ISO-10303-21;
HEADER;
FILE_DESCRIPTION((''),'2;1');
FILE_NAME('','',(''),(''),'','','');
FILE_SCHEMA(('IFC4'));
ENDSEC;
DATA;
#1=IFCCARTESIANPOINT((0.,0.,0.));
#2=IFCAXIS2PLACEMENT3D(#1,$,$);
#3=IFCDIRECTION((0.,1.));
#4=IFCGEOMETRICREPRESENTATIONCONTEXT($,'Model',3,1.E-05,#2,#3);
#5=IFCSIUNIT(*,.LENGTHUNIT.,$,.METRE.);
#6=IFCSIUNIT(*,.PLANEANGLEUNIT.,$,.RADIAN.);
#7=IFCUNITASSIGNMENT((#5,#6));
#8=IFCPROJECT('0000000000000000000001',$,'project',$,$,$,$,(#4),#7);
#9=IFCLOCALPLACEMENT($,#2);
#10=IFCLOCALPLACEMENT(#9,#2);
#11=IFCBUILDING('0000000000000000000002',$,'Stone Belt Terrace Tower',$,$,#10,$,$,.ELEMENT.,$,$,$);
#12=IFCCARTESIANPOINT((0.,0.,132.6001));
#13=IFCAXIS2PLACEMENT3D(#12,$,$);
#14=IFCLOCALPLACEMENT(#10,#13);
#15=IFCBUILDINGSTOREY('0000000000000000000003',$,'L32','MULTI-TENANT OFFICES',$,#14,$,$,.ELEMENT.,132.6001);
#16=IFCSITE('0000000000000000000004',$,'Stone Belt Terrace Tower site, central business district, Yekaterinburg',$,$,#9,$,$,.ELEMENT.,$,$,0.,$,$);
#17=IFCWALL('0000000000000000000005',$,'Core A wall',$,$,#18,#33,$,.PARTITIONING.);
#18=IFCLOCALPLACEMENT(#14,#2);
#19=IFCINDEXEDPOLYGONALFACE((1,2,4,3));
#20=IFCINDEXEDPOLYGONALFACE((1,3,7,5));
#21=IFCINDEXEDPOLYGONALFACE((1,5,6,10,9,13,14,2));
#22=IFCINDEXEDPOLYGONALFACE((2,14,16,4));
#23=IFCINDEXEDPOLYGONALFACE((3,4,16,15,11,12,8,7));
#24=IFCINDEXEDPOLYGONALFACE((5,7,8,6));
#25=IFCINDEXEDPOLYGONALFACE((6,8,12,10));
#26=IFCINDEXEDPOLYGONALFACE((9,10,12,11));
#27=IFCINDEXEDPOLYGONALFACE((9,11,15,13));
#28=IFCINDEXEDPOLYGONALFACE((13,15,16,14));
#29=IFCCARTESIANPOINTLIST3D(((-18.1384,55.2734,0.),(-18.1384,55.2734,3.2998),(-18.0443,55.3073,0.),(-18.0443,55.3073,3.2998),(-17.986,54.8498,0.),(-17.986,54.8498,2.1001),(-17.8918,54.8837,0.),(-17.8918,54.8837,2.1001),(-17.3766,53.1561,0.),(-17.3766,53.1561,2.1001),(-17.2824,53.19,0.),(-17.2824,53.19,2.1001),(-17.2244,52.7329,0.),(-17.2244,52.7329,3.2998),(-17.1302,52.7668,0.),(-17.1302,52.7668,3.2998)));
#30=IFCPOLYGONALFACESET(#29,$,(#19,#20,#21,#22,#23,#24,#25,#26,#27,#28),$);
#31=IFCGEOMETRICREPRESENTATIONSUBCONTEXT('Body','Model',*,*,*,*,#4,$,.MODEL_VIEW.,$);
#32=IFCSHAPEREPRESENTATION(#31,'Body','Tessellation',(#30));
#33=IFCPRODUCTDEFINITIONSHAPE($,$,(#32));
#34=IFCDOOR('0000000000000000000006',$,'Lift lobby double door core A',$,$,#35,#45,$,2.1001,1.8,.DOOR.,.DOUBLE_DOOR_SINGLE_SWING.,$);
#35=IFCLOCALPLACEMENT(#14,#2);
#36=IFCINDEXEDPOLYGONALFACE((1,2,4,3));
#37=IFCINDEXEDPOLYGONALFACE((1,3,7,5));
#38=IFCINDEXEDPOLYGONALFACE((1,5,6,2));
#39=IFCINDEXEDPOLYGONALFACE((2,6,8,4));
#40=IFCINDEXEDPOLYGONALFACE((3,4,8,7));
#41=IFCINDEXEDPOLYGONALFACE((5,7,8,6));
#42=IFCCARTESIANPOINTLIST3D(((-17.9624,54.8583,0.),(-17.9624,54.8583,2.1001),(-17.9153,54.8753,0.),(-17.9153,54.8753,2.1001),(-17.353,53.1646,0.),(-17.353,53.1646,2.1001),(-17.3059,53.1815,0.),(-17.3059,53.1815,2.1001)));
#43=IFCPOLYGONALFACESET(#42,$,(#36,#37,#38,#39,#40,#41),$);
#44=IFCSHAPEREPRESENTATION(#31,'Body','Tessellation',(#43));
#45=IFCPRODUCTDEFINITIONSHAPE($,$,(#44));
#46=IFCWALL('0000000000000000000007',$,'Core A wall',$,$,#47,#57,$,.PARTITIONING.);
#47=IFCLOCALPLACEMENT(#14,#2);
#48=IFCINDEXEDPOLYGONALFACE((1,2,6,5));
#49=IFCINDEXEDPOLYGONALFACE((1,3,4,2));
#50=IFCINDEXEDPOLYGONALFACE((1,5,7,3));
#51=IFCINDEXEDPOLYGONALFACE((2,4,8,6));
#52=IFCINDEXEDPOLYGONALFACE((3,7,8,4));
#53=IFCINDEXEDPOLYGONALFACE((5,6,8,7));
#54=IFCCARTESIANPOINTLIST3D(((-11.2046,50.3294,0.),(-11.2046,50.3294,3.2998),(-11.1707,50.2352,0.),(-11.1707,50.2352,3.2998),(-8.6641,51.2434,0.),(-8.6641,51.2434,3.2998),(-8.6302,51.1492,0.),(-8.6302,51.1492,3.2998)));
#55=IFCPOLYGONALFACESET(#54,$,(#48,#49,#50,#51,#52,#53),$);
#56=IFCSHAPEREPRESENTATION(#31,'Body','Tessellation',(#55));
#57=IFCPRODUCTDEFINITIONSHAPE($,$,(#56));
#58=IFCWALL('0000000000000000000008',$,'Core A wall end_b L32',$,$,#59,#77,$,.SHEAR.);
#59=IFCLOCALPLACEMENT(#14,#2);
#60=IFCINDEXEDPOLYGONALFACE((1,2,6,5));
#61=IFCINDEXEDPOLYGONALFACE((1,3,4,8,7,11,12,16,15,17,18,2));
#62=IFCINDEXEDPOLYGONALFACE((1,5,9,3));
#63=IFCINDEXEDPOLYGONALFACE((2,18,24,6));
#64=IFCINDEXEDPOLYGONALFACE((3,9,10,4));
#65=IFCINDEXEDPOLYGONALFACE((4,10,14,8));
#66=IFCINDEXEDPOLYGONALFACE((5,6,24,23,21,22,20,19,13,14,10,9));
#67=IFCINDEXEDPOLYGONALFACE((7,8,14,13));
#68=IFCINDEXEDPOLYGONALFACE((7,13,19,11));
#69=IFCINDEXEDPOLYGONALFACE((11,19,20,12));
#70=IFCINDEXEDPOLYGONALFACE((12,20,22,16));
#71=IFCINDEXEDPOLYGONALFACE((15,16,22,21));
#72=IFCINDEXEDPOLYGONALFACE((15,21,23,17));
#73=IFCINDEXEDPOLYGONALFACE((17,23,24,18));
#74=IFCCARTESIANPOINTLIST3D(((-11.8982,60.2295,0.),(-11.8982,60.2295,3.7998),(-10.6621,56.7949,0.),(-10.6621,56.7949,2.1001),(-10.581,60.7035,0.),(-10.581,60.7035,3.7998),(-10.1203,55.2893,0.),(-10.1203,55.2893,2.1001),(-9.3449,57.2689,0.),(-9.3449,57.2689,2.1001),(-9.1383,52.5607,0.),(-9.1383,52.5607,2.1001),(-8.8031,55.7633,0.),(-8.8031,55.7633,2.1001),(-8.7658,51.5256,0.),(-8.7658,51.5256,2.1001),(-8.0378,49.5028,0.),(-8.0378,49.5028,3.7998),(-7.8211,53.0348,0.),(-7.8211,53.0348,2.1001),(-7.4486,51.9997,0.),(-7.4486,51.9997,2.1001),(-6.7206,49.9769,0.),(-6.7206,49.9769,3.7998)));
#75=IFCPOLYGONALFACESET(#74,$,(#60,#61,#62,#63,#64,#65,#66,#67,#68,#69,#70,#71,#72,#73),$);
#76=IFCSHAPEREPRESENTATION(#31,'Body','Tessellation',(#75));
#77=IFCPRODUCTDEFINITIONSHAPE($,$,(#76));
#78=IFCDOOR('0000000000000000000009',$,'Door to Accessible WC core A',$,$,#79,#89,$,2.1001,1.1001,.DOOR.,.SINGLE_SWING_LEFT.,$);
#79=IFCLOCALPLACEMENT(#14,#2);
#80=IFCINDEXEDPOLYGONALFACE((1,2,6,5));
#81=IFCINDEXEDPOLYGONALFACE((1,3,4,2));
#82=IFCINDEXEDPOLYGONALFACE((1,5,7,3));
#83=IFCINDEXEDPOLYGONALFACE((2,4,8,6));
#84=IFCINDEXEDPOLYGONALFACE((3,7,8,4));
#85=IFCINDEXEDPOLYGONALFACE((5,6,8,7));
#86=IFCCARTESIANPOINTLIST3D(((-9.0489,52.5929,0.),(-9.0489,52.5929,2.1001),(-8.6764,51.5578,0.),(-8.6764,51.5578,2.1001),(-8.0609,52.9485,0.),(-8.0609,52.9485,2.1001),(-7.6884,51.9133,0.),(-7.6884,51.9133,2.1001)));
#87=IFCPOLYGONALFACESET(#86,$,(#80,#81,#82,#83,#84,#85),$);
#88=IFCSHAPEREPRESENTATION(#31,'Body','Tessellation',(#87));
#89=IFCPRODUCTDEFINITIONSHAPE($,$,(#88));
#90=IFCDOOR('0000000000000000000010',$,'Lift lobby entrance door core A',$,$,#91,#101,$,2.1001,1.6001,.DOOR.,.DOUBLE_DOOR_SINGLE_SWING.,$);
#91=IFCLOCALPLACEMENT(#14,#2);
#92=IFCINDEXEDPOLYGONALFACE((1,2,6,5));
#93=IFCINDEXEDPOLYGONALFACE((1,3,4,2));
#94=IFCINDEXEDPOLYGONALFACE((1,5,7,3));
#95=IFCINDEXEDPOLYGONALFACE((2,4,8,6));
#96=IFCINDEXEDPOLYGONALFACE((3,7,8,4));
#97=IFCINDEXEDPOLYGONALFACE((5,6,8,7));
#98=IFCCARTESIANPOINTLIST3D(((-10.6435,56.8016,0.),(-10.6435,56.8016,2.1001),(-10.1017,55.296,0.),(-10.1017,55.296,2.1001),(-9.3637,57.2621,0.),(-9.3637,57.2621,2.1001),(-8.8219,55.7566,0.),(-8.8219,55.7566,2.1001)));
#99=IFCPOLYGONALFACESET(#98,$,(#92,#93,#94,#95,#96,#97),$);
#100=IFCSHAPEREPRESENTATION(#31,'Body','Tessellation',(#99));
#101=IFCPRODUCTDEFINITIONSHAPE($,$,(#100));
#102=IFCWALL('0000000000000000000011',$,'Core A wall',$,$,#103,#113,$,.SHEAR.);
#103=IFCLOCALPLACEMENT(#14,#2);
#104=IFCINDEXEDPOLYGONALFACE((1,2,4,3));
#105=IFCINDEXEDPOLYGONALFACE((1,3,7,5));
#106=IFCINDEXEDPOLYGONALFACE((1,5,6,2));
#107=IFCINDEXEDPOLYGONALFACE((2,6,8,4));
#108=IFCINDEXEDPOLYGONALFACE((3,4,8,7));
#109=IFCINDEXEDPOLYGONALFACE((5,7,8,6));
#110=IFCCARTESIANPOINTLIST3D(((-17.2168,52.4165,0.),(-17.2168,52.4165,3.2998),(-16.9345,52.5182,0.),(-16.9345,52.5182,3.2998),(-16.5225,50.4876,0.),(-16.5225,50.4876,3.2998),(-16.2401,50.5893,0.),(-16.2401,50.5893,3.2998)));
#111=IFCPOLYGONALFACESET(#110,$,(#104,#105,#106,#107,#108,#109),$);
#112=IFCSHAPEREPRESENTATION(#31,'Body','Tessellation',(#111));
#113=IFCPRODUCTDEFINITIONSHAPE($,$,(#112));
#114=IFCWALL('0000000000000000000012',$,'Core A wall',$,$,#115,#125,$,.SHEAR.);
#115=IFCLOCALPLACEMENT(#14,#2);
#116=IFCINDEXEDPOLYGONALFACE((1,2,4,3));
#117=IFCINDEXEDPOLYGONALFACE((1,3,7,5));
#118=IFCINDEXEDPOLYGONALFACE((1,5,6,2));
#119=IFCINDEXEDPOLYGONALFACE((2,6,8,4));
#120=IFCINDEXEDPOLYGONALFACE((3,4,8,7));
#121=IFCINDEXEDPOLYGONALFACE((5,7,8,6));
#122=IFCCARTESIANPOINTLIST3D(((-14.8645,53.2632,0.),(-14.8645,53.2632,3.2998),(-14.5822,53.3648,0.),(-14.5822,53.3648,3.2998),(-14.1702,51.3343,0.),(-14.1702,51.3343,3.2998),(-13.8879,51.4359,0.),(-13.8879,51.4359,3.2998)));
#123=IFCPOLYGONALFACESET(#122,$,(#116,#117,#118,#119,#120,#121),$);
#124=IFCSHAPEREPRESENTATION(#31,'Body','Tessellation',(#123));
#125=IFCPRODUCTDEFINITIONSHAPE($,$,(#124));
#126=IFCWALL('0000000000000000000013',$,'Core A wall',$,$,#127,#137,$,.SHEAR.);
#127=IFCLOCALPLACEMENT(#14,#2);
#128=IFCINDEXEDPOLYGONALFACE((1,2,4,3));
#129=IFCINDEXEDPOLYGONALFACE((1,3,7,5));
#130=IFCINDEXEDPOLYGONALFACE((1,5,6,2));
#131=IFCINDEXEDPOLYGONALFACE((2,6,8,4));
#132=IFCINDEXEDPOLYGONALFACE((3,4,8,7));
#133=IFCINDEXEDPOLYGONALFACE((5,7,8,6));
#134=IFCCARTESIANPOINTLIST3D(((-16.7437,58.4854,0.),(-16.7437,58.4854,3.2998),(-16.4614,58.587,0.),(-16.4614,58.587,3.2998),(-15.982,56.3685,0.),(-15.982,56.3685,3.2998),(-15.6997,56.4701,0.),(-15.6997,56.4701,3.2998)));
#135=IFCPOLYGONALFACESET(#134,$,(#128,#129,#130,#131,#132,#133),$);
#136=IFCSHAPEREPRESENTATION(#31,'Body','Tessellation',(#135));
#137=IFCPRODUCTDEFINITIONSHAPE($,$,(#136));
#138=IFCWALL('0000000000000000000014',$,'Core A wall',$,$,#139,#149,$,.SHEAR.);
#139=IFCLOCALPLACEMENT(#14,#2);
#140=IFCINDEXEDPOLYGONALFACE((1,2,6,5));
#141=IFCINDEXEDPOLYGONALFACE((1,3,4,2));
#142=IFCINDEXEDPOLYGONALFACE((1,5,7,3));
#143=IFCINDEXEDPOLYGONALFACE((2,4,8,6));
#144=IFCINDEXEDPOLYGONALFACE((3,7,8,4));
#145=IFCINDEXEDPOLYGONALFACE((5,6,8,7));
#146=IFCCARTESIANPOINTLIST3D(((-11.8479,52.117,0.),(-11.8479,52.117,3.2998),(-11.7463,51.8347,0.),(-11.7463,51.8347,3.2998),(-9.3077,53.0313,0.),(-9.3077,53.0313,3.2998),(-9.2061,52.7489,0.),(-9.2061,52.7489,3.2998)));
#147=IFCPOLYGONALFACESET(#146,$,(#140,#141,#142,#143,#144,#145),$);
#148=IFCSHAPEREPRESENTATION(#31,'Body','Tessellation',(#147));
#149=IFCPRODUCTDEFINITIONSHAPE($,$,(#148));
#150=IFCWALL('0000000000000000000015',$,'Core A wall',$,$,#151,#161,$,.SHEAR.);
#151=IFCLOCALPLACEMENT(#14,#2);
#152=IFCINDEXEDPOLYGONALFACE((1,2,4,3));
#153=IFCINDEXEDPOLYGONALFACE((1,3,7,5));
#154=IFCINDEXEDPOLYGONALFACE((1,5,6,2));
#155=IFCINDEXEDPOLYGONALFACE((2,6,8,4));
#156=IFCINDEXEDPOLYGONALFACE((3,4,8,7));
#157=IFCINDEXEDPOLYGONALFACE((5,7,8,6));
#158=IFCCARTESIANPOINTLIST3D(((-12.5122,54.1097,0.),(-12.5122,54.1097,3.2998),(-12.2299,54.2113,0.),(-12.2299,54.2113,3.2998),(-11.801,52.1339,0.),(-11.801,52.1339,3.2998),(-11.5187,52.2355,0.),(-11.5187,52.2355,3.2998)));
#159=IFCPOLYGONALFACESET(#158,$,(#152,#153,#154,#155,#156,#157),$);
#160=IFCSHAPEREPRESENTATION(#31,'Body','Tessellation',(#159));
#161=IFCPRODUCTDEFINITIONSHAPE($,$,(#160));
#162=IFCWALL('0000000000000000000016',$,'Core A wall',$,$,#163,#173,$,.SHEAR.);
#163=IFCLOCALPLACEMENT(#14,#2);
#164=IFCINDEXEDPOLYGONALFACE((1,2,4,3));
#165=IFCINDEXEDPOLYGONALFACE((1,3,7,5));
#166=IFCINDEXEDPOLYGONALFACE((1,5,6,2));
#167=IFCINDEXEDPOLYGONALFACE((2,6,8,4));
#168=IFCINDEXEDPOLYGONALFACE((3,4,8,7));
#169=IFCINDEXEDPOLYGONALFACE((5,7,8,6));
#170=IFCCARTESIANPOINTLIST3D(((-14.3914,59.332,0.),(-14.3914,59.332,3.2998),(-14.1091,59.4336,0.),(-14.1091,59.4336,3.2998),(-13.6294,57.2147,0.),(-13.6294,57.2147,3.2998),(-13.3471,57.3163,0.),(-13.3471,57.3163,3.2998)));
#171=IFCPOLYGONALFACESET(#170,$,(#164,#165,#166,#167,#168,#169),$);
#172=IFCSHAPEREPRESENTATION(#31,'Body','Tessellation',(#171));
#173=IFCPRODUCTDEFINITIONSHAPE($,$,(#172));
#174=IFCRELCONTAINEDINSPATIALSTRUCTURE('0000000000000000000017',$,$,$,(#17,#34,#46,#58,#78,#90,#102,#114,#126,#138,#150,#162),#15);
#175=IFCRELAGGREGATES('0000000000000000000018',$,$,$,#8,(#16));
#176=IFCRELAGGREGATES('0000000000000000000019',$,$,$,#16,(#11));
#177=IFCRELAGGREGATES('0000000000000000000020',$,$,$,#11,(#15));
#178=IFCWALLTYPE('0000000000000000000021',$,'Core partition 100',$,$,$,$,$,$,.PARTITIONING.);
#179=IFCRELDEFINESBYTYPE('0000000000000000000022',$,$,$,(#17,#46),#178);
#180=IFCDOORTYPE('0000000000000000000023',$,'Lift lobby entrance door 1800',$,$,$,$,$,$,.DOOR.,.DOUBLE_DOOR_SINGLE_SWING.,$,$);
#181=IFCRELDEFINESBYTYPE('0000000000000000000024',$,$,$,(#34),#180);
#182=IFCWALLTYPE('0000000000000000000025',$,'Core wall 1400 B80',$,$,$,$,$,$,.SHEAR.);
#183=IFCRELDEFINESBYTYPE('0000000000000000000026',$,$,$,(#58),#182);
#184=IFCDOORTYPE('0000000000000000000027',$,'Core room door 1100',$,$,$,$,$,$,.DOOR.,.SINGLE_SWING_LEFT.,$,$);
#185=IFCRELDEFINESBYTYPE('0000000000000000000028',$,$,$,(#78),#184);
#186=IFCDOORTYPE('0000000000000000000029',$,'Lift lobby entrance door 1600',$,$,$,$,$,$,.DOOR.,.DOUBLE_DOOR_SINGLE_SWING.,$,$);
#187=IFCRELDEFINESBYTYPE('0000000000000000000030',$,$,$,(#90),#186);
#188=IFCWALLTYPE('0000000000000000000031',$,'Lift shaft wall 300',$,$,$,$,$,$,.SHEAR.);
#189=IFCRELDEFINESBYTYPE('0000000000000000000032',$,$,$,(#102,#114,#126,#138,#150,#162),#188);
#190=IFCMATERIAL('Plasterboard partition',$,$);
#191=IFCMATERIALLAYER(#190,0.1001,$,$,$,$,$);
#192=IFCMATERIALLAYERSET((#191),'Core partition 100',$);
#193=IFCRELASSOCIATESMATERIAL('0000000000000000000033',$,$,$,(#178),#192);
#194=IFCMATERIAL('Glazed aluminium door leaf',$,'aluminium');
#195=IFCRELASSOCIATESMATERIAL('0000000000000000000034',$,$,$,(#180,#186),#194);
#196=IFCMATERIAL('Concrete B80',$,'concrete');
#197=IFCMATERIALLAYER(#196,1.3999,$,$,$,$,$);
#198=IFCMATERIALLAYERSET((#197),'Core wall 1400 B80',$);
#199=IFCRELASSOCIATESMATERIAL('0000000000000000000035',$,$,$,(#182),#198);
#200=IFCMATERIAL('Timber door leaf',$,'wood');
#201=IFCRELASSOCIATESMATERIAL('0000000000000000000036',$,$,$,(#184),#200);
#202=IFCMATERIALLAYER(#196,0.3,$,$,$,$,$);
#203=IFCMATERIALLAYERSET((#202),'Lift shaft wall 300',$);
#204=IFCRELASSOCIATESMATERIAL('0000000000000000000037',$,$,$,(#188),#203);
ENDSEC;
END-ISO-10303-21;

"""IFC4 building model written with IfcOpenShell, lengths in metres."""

from ifc_helpers import new_model, si_unit, direction, frame, frame_2d, origin, place, context, subcontext, project, spatial, rectangle, extrude, material, layer, layer_set, type_object, element, fill, save


model = new_model("IFC4")

# Units and contexts
model_context = context("Model", 3, precision=1e-05, world=origin(), true_north=direction((0.0, 1.0)))
body_context = subcontext(model_context, "Body", "Model", "MODEL_VIEW")
ifc_project = project(units=[si_unit("LENGTHUNIT", "METRE"), si_unit("PLANEANGLEUNIT", "RADIAN")], contexts=[model_context])

# Site, building, storey
site_placement = place(None, origin())
site = spatial("IfcSite", under=ifc_project, at=site_placement, Name="Stone Belt Terrace Tower site, central business district, Yekaterinburg", CompositionType="ELEMENT", RefElevation=0.0)
building_placement = place(site_placement, origin())
building = spatial("IfcBuilding", under=site, at=building_placement, Name="Stone Belt Terrace Tower", CompositionType="ELEMENT")
storey_placement = place(building_placement, frame((0.0, 0.0, 132.6001)))
storey = spatial("IfcBuildingStorey", under=building, at=storey_placement, Name="L32", Description="MULTI-TENANT OFFICES", CompositionType="ELEMENT", Elevation=132.6001)

# Shared definitions
ifc_material_1 = material(Name="Concrete B80", Category="concrete")

# Wall, opening, door
ifc_material_2 = material(Name="Plasterboard partition")
ifc_layer_1 = layer(ifc_material_2, 0.1001)
ifc_layer_set_1 = layer_set([ifc_layer_1], Name="Core partition 100")
wall_type_1 = type_object("IfcWallType", Name="Core partition 100", PredefinedType="PARTITIONING", material=ifc_layer_set_1)
wall_1_placement = place(storey_placement, frame((-17.1772, 52.7498, 0.0), z_axis=(0.0, 0.0, 1.0), x_axis=(-0.338547, 0.94095, 0.0)))
wall_1 = element("IfcWall", 1, at=wall_1_placement, inside=storey, type_object=wall_type_1, Name="Core A wall", PredefinedType="PARTITIONING", context=body_context, shape_type="SweptSolid", body=[
    extrude(rectangle(XDim=2.7, YDim=0.1001, at=frame_2d((1.3501, 0.0))), origin(), (0.0, 0.0, 1.0), 3.2998),
])
opening_1_placement = place(wall_1_placement, frame((0.45, 0.0, 0.0)))
opening_1 = element("IfcOpeningElement", 2, at=opening_1_placement, cuts=wall_1, PredefinedType="OPENING", context=body_context, shape_type="SweptSolid", body=[
    extrude(rectangle(XDim=1.8, YDim=2.1001, at=frame_2d((0.8999, 1.05))), frame((0.0, 0.0601, 0.0), z_axis=(0.0, -1.0, 0.0), x_axis=(1.0, 0.0, 0.0)), (0.0, 0.0, 1.0), 0.1201),
])
ifc_material_3 = material(Name="Glazed aluminium door leaf", Category="aluminium")
door_type_1 = type_object("IfcDoorType", Name="Lift lobby entrance door 1800", OperationType="DOUBLE_DOOR_SINGLE_SWING", PredefinedType="DOOR", material=ifc_material_3)
door_1_placement = place(opening_1_placement, origin())
door_1 = element("IfcDoor", 3, at=door_1_placement, inside=storey, type_object=door_type_1, Name="Lift lobby double door core A", OperationType="DOUBLE_DOOR_SINGLE_SWING", OverallHeight=2.1001, OverallWidth=1.8, PredefinedType="DOOR", context=body_context, shape_type="SweptSolid", body=[
    extrude(rectangle(XDim=1.8, YDim=2.1001, at=frame_2d((0.8999, 1.05))), frame((0.0, 0.0249, 0.0), z_axis=(0.0, -1.0, 0.0), x_axis=(1.0, 0.0, 0.0)), (0.0, 0.0, 1.0), 0.05),
])
fill(opening_1, door_1)

# Wall
wall_2_placement = place(storey_placement, frame((-11.1877, 50.2822, 0.0), z_axis=(0.0, 0.0, 1.0), x_axis=(0.94095, 0.338547, 0.0)))
element("IfcWall", 4, at=wall_2_placement, inside=storey, type_object=wall_type_1, Name="Core A wall", PredefinedType="PARTITIONING", context=body_context, shape_type="SweptSolid", body=[
    extrude(rectangle(XDim=2.7, YDim=0.1001, at=frame_2d((1.3501, 0.0))), origin(), (0.0, 0.0, 1.0), 3.2998),
])

# Wall, openings, doors
ifc_layer_2 = layer(ifc_material_1, 1.3999)
ifc_layer_set_2 = layer_set([ifc_layer_2], Name="Core wall 1400 B80")
wall_type_2 = type_object("IfcWallType", Name="Core wall 1400 B80", PredefinedType="SHEAR", material=ifc_layer_set_2)
wall_3_placement = place(storey_placement, frame((-7.3792, 49.7397, 0.0), z_axis=(0.0, 0.0, 1.0), x_axis=(-0.338625, 0.940921, 0.0)))
wall_3 = element("IfcWall", 5, at=wall_3_placement, inside=storey, type_object=wall_type_2, Name="Core A wall end_b L32", PredefinedType="SHEAR", context=body_context, shape_type="SweptSolid", body=[
    extrude(rectangle(XDim=11.4001, YDim=1.3999, at=frame_2d((5.7002, 0.0))), origin(), (0.0, 0.0, 1.0), 3.7998),
])
opening_2_placement = place(wall_3_placement, frame((6.1499, 0.0, 0.0)))
opening_2 = element("IfcOpeningElement", 6, at=opening_2_placement, cuts=wall_3, PredefinedType="OPENING", context=body_context, shape_type="SweptSolid", body=[
    extrude(rectangle(XDim=1.6001, YDim=2.1001, at=frame_2d((0.8, 1.05))), frame((0.0, 0.71, 0.0), z_axis=(0.0, -1.0, 0.0), x_axis=(1.0, 0.0, 0.0)), (0.0, 0.0, 1.0), 1.4199),
])
opening_3_placement = place(wall_3_placement, frame((2.1499, 0.0, 0.0)))
opening_3 = element("IfcOpeningElement", 7, at=opening_3_placement, cuts=wall_3, PredefinedType="OPENING", context=body_context, shape_type="SweptSolid", body=[
    extrude(rectangle(XDim=1.1001, YDim=2.1001, at=frame_2d((0.55, 1.05))), frame((0.0, 0.71, 0.0), z_axis=(0.0, -1.0, 0.0), x_axis=(1.0, 0.0, 0.0)), (0.0, 0.0, 1.0), 1.4199),
])
ifc_material_4 = material(Name="Timber door leaf", Category="wood")
door_type_2 = type_object("IfcDoorType", Name="Core room door 1100", OperationType="SINGLE_SWING_LEFT", PredefinedType="DOOR", material=ifc_material_4)
door_2_placement = place(opening_3_placement, origin())
door_2 = element("IfcDoor", 8, at=door_2_placement, inside=storey, type_object=door_type_2, Name="Door to Accessible WC core A", OperationType="SINGLE_SWING_LEFT", OverallHeight=2.1001, OverallWidth=1.1001, PredefinedType="DOOR", context=body_context, shape_type="SweptSolid", body=[
    extrude(rectangle(XDim=1.1001, YDim=2.1001, at=frame_2d((0.55, 1.05))), frame((0.0, 0.605, 0.0), z_axis=(0.0, -1.0, 0.0), x_axis=(1.0, 0.0, 0.0)), (0.0, 0.0, 1.0), 1.05),
])
fill(opening_3, door_2)
door_type_3 = type_object("IfcDoorType", Name="Lift lobby entrance door 1600", OperationType="DOUBLE_DOOR_SINGLE_SWING", PredefinedType="DOOR", material=ifc_material_3)
door_3_placement = place(opening_2_placement, origin())
door_3 = element("IfcDoor", 9, at=door_3_placement, inside=storey, type_object=door_type_3, Name="Lift lobby entrance door core A", OperationType="DOUBLE_DOOR_SINGLE_SWING", OverallHeight=2.1001, OverallWidth=1.6001, PredefinedType="DOOR", context=body_context, shape_type="SweptSolid", body=[
    extrude(rectangle(XDim=1.6001, YDim=2.1001, at=frame_2d((0.8, 1.05))), frame((0.0, 0.6802, 0.0), z_axis=(0.0, -1.0, 0.0), x_axis=(1.0, 0.0, 0.0)), (0.0, 0.0, 1.0), 1.3601),
])
fill(opening_2, door_3)

# Walls
ifc_layer_3 = layer(ifc_material_1, 0.3)
ifc_layer_set_3 = layer_set([ifc_layer_3], Name="Lift shaft wall 300")
wall_type_3 = type_object("IfcWallType", Name="Lift shaft wall 300", PredefinedType="SHEAR", material=ifc_layer_set_3)
for number, where, z_axis, x_axis, name in (
    (10, (-16.3813, 50.5386, 0.0), (0.0, 0.0, 1.0), (-0.338682, 0.940901, 0.0), "Core A wall"),
    (11, (-14.0291, 51.3853, 0.0), (0.0, 0.0, 1.0), (-0.338682, 0.940901, 0.0), "Core A wall"),
):
    element("IfcWall", number, at=place(storey_placement, frame(where, z_axis=z_axis, x_axis=x_axis)), inside=storey, type_object=wall_type_3, Name=name, PredefinedType="SHEAR", context=body_context, shape_type="SweptSolid", body=[
        extrude(rectangle(XDim=2.05, YDim=0.3, at=frame_2d((1.0249, 0.0))), origin(), (0.0, 0.0, 1.0), 3.2998),
    ])
wall_4_placement = place(storey_placement, frame((-15.8408, 56.4192, 0.0), z_axis=(0.0, 0.0, 1.0), x_axis=(-0.33857, 0.940941, 0.0)))
element("IfcWall", 12, at=wall_4_placement, inside=storey, type_object=wall_type_3, Name="Core A wall", PredefinedType="SHEAR", context=body_context, shape_type="SweptSolid", body=[
    extrude(rectangle(XDim=2.2498, YDim=0.3, at=frame_2d((1.125, 0.0))), origin(), (0.0, 0.0, 1.0), 3.2998),
])
wall_5_placement = place(storey_placement, frame((-11.7971, 51.9758, 0.0), z_axis=(0.0, 0.0, 1.0), x_axis=(0.94091, 0.338655, 0.0)))
element("IfcWall", 13, at=wall_5_placement, inside=storey, type_object=wall_type_3, Name="Core A wall", PredefinedType="SHEAR", context=body_context, shape_type="SweptSolid", body=[
    extrude(rectangle(XDim=2.6997, YDim=0.3, at=frame_2d((1.3499, 0.0))), origin(), (0.0, 0.0, 1.0), 3.2998),
])
wall_6_placement = place(storey_placement, frame((-11.6599, 52.1848, 0.0), z_axis=(0.0, 0.0, 1.0), x_axis=(-0.33867, 0.940905, 0.0)))
element("IfcWall", 14, at=wall_6_placement, inside=storey, type_object=wall_type_3, Name="Core A wall", PredefinedType="SHEAR", context=body_context, shape_type="SweptSolid", body=[
    extrude(rectangle(XDim=2.0999, YDim=0.3, at=frame_2d((1.0498, 0.0))), origin(), (0.0, 0.0, 1.0), 3.2998),
])
wall_7_placement = place(storey_placement, frame((-13.4883, 57.2656, 0.0), z_axis=(0.0, 0.0, 1.0), x_axis=(-0.338631, 0.940919, 0.0)))
element("IfcWall", 15, at=wall_7_placement, inside=storey, type_object=wall_type_3, Name="Core A wall", PredefinedType="SHEAR", context=body_context, shape_type="SweptSolid", body=[
    extrude(rectangle(XDim=2.2502, YDim=0.3, at=frame_2d((1.125, 0.0))), origin(), (0.0, 0.0, 1.0), 3.2998),
])

save(model, "model.ifc")
